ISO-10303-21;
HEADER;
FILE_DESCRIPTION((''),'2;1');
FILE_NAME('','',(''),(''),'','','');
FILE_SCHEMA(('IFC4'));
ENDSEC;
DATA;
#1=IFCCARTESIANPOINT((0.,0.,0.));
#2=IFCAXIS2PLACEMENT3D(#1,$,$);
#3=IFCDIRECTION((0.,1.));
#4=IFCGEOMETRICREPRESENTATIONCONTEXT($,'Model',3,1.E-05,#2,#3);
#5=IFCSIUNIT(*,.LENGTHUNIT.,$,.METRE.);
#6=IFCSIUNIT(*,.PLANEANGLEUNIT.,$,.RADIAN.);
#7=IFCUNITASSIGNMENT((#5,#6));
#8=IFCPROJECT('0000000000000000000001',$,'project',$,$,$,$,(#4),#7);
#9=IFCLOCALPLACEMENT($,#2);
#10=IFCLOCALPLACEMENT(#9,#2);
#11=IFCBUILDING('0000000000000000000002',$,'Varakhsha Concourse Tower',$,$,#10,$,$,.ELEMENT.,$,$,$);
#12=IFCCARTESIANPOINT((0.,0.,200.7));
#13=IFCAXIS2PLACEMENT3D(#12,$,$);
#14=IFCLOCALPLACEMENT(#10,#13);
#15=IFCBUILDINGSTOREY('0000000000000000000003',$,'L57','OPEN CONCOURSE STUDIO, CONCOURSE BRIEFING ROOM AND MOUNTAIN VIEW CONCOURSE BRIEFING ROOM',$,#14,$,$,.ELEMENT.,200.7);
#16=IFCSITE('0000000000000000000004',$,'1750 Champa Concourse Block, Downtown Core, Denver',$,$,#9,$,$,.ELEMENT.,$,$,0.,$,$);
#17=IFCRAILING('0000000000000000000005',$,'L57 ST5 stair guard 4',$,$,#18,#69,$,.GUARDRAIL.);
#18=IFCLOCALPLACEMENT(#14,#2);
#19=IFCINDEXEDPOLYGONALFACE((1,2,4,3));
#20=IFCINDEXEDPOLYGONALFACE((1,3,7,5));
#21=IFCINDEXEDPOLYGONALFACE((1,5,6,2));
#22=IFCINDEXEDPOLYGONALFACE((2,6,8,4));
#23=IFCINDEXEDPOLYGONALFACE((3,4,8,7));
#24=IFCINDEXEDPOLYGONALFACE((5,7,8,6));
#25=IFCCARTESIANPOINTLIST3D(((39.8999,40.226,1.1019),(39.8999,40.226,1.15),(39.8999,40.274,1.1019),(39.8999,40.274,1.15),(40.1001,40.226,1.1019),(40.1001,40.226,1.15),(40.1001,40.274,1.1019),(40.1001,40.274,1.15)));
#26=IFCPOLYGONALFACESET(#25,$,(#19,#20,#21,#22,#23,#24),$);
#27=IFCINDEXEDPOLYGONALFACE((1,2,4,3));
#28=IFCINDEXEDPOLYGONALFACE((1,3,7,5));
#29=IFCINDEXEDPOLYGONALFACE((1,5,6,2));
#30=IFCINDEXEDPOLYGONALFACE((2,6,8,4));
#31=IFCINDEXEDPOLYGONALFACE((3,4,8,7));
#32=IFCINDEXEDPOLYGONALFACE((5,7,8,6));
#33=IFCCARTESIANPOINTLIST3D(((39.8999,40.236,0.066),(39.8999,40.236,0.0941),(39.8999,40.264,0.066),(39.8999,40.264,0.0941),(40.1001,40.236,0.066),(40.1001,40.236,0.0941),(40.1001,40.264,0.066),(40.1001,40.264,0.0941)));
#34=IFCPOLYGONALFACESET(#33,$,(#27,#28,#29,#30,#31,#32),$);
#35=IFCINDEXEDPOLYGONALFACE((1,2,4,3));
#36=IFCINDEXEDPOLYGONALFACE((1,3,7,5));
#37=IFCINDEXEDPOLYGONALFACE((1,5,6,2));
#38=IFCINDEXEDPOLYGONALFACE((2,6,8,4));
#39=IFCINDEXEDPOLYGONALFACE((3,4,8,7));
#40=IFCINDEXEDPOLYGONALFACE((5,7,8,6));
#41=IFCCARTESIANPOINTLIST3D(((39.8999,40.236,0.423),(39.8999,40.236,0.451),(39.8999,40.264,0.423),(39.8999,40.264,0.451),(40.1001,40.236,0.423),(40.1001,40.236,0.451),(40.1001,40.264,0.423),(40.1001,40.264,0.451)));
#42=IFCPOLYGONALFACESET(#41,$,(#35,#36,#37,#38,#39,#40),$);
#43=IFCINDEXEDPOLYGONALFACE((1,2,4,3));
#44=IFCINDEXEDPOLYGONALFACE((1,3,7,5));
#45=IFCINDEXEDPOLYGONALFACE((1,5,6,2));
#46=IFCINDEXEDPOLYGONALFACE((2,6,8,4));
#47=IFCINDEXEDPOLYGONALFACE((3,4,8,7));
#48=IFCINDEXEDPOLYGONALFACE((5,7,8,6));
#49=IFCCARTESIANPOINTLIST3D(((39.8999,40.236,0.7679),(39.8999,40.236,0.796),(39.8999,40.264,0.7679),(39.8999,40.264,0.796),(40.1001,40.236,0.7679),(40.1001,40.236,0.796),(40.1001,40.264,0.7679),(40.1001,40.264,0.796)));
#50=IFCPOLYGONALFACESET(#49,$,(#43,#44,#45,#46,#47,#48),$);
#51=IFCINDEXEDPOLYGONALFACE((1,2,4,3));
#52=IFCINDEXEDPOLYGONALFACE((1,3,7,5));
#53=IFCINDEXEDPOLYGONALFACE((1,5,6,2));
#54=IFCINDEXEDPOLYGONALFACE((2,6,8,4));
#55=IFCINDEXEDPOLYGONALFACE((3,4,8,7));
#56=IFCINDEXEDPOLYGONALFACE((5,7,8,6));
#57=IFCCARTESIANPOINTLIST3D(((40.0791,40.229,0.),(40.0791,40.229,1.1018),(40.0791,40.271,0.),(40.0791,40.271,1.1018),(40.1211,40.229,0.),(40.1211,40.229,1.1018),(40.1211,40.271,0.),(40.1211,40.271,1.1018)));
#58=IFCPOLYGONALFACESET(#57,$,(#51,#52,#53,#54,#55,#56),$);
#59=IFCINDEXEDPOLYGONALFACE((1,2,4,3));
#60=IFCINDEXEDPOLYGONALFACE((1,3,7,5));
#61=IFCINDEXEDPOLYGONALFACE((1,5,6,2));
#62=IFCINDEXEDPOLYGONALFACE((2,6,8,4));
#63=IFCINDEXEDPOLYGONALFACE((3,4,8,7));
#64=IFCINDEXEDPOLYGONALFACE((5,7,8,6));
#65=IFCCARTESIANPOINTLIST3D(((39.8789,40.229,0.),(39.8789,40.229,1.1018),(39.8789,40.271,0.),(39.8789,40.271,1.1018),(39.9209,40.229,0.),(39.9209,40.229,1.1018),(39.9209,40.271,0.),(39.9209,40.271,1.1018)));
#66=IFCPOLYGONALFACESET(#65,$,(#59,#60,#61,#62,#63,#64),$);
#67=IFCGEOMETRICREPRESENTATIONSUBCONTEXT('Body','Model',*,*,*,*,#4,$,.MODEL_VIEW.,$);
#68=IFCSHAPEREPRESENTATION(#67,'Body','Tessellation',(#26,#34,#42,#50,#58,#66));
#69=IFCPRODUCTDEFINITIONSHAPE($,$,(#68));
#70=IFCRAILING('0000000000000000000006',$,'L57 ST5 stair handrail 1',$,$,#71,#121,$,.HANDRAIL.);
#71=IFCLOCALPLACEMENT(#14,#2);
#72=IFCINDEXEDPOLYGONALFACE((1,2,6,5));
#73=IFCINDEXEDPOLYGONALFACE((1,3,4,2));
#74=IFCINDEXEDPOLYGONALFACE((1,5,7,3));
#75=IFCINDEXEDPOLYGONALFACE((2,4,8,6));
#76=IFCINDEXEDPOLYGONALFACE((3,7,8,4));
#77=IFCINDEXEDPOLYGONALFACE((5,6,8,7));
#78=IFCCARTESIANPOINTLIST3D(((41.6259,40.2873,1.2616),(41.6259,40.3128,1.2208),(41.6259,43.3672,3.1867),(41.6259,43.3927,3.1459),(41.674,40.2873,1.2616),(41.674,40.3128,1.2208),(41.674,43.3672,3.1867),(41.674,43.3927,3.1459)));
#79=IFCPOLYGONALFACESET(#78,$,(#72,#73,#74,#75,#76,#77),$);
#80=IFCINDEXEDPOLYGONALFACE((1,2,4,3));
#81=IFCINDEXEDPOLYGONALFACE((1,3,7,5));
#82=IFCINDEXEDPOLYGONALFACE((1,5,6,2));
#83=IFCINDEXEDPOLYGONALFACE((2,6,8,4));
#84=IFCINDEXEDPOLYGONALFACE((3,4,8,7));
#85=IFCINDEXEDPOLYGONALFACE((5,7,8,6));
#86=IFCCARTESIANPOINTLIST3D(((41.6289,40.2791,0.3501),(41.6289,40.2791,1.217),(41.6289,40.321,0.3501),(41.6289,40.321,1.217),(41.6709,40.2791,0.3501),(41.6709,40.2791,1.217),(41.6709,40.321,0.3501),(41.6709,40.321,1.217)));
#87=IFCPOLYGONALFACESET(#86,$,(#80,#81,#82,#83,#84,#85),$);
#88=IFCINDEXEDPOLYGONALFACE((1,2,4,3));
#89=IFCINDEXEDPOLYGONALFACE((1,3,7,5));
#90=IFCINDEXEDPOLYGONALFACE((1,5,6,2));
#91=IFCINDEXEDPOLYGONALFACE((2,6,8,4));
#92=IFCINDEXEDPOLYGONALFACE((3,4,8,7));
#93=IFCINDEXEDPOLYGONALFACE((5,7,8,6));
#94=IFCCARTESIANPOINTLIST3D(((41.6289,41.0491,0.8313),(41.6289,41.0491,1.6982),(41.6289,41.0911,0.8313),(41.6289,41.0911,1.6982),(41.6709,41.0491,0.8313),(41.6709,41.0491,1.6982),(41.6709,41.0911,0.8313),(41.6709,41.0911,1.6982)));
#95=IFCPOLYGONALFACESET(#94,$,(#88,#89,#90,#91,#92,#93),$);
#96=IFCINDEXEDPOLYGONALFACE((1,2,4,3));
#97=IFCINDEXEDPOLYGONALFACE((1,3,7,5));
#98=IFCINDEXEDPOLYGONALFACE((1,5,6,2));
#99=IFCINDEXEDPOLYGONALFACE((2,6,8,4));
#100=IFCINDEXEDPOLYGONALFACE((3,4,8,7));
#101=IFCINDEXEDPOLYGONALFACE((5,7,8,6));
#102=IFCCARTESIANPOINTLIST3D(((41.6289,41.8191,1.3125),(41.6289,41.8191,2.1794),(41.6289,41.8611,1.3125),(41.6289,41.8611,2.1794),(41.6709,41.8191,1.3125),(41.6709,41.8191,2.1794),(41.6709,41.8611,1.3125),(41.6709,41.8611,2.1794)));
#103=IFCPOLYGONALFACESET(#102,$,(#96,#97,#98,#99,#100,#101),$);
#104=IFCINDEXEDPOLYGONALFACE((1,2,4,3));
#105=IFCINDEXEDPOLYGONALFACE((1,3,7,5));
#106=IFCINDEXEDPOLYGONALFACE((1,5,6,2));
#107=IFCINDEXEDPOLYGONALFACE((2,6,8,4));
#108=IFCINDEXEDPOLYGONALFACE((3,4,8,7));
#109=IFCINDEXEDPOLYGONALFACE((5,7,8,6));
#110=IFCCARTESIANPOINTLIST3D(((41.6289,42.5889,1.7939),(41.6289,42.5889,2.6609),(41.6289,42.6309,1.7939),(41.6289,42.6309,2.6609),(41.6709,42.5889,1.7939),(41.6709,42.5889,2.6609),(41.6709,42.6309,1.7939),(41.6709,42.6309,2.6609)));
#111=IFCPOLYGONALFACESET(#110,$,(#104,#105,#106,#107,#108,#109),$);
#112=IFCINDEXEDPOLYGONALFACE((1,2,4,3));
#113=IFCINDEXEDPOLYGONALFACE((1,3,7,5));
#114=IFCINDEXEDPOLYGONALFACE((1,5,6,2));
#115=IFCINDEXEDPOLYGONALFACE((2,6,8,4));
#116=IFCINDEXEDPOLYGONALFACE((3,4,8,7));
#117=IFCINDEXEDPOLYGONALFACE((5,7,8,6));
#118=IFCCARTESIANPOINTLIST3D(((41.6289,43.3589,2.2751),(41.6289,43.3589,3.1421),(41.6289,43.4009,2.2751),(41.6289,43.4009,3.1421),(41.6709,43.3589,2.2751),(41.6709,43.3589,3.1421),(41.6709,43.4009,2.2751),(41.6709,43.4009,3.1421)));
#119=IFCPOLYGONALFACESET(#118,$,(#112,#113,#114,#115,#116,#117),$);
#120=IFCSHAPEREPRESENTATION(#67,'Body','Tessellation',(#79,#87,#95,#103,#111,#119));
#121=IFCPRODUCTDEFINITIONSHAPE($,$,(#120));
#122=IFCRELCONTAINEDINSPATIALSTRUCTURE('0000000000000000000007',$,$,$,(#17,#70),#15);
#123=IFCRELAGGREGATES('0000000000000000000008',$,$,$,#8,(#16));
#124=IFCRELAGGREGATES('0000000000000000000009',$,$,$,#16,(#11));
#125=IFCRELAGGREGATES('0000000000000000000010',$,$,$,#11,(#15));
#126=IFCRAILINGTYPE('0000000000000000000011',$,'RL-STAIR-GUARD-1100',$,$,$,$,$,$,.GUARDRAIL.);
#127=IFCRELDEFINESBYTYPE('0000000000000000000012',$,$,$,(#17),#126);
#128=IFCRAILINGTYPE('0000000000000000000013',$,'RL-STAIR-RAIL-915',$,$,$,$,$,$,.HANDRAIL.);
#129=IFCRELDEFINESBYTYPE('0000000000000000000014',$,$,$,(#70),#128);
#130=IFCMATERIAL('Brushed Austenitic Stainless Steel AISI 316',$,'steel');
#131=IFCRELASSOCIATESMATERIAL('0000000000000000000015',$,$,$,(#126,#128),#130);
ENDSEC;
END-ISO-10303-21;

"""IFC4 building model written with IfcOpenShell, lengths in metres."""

from ifc_helpers import new_model, si_unit, direction, frame, origin, origin_2d, place, context, subcontext, project, spatial, rectangle, extrude, material, type_object, element, save


model = new_model("IFC4")

# Units and contexts
model_context = context("Model", 3, precision=1e-05, world=origin(), true_north=direction((0.0, 1.0)))
body_context = subcontext(model_context, "Body", "Model", "MODEL_VIEW")
ifc_project = project(units=[si_unit("LENGTHUNIT", "METRE"), si_unit("PLANEANGLEUNIT", "RADIAN")], contexts=[model_context])

# Site, building, storey
site_placement = place(None, origin())
site = spatial("IfcSite", under=ifc_project, at=site_placement, Name="1750 Champa Concourse Block, Downtown Core, Denver", CompositionType="ELEMENT", RefElevation=0.0)
building_placement = place(site_placement, origin())
building = spatial("IfcBuilding", under=site, at=building_placement, Name="Varakhsha Concourse Tower", CompositionType="ELEMENT")
storey_placement = place(building_placement, frame((0.0, 0.0, 200.7)))
storey = spatial("IfcBuildingStorey", under=building, at=storey_placement, Name="L57", Description="OPEN CONCOURSE STUDIO, CONCOURSE BRIEFING ROOM AND MOUNTAIN VIEW CONCOURSE BRIEFING ROOM", CompositionType="ELEMENT", Elevation=200.7)

# Railings
ifc_material_1 = material(Name="Brushed Austenitic Stainless Steel AISI 316", Category="steel")
railing_type_1 = type_object("IfcRailingType", Name="RL-STAIR-GUARD-1100", PredefinedType="GUARDRAIL", material=ifc_material_1)
railing_1_placement = place(storey_placement, frame((40.1001, 40.25, 0.0)))
element("IfcRailing", 1, at=railing_1_placement, inside=storey, type_object=railing_type_1, Name="L57 ST5 stair guard 4", PredefinedType="GUARDRAIL", context=body_context, shape_type="SweptSolid", body=[
    extrude(rectangle(XDim=0.0481, YDim=0.0481, at=origin_2d()), frame((0.0, 0.0, 1.126), z_axis=(-1.0, 0.0, 0.0), x_axis=(0.0, -1.0, 0.0)), (0.0, 0.0, 1.0), 0.2002),
    extrude(rectangle(XDim=0.0281, YDim=0.0281, at=origin_2d()), frame((0.0, 0.0, 0.0801), z_axis=(-1.0, 0.0, 0.0), x_axis=(0.0, -1.0, 0.0)), (0.0, 0.0, 1.0), 0.2002),
    extrude(rectangle(XDim=0.0281, YDim=0.0281, at=origin_2d()), frame((0.0, 0.0, 0.437), z_axis=(-1.0, 0.0, 0.0), x_axis=(0.0, -1.0, 0.0)), (0.0, 0.0, 1.0), 0.2002),
    extrude(rectangle(XDim=0.0281, YDim=0.0281, at=origin_2d()), frame((0.0, 0.0, 0.782), z_axis=(-1.0, 0.0, 0.0), x_axis=(0.0, -1.0, 0.0)), (0.0, 0.0, 1.0), 0.2002),
    extrude(rectangle(XDim=0.042, YDim=0.042, at=origin_2d()), origin(), (0.0, 0.0, 1.0), 1.1018),
    extrude(rectangle(XDim=0.042, YDim=0.042, at=origin_2d()), frame((-0.2002, 0.0, 0.0)), (0.0, 0.0, 1.0), 1.1018),
])
railing_type_2 = type_object("IfcRailingType", Name="RL-STAIR-RAIL-915", PredefinedType="HANDRAIL", material=ifc_material_1)
railing_2_placement = place(storey_placement, frame((41.6499, 40.3, 0.3501)))
element("IfcRailing", 2, at=railing_2_placement, inside=storey, type_object=railing_type_2, Name="L57 ST5 stair handrail 1", PredefinedType="HANDRAIL", context=body_context, shape_type="SweptSolid", body=[
    extrude(rectangle(XDim=0.0481, YDim=0.0481, at=origin_2d()), frame((0.0, 0.0, 0.8911), z_axis=(0.0, 0.847979, 0.530029), x_axis=(-1.0, 0.0, 0.0)), (0.0, 0.0, 1.0), 3.6321),
    extrude(rectangle(XDim=0.042, YDim=0.042, at=origin_2d()), origin(), (0.0, 0.0, 1.0), 0.8669),
    extrude(rectangle(XDim=0.042, YDim=0.042, at=origin_2d()), frame((0.0, 0.77, 0.4812)), (0.0, 0.0, 1.0), 0.8669),
    extrude(rectangle(XDim=0.042, YDim=0.042, at=origin_2d()), frame((0.0, 1.54, 0.9624)), (0.0, 0.0, 1.0), 0.8669),
    extrude(rectangle(XDim=0.042, YDim=0.042, at=origin_2d()), frame((0.0, 2.3098, 1.4438)), (0.0, 0.0, 1.0), 0.8669),
    extrude(rectangle(XDim=0.042, YDim=0.042, at=origin_2d()), frame((0.0, 3.0798, 1.925)), (0.0, 0.0, 1.0), 0.8669),
])

save(model, "model.ifc")
